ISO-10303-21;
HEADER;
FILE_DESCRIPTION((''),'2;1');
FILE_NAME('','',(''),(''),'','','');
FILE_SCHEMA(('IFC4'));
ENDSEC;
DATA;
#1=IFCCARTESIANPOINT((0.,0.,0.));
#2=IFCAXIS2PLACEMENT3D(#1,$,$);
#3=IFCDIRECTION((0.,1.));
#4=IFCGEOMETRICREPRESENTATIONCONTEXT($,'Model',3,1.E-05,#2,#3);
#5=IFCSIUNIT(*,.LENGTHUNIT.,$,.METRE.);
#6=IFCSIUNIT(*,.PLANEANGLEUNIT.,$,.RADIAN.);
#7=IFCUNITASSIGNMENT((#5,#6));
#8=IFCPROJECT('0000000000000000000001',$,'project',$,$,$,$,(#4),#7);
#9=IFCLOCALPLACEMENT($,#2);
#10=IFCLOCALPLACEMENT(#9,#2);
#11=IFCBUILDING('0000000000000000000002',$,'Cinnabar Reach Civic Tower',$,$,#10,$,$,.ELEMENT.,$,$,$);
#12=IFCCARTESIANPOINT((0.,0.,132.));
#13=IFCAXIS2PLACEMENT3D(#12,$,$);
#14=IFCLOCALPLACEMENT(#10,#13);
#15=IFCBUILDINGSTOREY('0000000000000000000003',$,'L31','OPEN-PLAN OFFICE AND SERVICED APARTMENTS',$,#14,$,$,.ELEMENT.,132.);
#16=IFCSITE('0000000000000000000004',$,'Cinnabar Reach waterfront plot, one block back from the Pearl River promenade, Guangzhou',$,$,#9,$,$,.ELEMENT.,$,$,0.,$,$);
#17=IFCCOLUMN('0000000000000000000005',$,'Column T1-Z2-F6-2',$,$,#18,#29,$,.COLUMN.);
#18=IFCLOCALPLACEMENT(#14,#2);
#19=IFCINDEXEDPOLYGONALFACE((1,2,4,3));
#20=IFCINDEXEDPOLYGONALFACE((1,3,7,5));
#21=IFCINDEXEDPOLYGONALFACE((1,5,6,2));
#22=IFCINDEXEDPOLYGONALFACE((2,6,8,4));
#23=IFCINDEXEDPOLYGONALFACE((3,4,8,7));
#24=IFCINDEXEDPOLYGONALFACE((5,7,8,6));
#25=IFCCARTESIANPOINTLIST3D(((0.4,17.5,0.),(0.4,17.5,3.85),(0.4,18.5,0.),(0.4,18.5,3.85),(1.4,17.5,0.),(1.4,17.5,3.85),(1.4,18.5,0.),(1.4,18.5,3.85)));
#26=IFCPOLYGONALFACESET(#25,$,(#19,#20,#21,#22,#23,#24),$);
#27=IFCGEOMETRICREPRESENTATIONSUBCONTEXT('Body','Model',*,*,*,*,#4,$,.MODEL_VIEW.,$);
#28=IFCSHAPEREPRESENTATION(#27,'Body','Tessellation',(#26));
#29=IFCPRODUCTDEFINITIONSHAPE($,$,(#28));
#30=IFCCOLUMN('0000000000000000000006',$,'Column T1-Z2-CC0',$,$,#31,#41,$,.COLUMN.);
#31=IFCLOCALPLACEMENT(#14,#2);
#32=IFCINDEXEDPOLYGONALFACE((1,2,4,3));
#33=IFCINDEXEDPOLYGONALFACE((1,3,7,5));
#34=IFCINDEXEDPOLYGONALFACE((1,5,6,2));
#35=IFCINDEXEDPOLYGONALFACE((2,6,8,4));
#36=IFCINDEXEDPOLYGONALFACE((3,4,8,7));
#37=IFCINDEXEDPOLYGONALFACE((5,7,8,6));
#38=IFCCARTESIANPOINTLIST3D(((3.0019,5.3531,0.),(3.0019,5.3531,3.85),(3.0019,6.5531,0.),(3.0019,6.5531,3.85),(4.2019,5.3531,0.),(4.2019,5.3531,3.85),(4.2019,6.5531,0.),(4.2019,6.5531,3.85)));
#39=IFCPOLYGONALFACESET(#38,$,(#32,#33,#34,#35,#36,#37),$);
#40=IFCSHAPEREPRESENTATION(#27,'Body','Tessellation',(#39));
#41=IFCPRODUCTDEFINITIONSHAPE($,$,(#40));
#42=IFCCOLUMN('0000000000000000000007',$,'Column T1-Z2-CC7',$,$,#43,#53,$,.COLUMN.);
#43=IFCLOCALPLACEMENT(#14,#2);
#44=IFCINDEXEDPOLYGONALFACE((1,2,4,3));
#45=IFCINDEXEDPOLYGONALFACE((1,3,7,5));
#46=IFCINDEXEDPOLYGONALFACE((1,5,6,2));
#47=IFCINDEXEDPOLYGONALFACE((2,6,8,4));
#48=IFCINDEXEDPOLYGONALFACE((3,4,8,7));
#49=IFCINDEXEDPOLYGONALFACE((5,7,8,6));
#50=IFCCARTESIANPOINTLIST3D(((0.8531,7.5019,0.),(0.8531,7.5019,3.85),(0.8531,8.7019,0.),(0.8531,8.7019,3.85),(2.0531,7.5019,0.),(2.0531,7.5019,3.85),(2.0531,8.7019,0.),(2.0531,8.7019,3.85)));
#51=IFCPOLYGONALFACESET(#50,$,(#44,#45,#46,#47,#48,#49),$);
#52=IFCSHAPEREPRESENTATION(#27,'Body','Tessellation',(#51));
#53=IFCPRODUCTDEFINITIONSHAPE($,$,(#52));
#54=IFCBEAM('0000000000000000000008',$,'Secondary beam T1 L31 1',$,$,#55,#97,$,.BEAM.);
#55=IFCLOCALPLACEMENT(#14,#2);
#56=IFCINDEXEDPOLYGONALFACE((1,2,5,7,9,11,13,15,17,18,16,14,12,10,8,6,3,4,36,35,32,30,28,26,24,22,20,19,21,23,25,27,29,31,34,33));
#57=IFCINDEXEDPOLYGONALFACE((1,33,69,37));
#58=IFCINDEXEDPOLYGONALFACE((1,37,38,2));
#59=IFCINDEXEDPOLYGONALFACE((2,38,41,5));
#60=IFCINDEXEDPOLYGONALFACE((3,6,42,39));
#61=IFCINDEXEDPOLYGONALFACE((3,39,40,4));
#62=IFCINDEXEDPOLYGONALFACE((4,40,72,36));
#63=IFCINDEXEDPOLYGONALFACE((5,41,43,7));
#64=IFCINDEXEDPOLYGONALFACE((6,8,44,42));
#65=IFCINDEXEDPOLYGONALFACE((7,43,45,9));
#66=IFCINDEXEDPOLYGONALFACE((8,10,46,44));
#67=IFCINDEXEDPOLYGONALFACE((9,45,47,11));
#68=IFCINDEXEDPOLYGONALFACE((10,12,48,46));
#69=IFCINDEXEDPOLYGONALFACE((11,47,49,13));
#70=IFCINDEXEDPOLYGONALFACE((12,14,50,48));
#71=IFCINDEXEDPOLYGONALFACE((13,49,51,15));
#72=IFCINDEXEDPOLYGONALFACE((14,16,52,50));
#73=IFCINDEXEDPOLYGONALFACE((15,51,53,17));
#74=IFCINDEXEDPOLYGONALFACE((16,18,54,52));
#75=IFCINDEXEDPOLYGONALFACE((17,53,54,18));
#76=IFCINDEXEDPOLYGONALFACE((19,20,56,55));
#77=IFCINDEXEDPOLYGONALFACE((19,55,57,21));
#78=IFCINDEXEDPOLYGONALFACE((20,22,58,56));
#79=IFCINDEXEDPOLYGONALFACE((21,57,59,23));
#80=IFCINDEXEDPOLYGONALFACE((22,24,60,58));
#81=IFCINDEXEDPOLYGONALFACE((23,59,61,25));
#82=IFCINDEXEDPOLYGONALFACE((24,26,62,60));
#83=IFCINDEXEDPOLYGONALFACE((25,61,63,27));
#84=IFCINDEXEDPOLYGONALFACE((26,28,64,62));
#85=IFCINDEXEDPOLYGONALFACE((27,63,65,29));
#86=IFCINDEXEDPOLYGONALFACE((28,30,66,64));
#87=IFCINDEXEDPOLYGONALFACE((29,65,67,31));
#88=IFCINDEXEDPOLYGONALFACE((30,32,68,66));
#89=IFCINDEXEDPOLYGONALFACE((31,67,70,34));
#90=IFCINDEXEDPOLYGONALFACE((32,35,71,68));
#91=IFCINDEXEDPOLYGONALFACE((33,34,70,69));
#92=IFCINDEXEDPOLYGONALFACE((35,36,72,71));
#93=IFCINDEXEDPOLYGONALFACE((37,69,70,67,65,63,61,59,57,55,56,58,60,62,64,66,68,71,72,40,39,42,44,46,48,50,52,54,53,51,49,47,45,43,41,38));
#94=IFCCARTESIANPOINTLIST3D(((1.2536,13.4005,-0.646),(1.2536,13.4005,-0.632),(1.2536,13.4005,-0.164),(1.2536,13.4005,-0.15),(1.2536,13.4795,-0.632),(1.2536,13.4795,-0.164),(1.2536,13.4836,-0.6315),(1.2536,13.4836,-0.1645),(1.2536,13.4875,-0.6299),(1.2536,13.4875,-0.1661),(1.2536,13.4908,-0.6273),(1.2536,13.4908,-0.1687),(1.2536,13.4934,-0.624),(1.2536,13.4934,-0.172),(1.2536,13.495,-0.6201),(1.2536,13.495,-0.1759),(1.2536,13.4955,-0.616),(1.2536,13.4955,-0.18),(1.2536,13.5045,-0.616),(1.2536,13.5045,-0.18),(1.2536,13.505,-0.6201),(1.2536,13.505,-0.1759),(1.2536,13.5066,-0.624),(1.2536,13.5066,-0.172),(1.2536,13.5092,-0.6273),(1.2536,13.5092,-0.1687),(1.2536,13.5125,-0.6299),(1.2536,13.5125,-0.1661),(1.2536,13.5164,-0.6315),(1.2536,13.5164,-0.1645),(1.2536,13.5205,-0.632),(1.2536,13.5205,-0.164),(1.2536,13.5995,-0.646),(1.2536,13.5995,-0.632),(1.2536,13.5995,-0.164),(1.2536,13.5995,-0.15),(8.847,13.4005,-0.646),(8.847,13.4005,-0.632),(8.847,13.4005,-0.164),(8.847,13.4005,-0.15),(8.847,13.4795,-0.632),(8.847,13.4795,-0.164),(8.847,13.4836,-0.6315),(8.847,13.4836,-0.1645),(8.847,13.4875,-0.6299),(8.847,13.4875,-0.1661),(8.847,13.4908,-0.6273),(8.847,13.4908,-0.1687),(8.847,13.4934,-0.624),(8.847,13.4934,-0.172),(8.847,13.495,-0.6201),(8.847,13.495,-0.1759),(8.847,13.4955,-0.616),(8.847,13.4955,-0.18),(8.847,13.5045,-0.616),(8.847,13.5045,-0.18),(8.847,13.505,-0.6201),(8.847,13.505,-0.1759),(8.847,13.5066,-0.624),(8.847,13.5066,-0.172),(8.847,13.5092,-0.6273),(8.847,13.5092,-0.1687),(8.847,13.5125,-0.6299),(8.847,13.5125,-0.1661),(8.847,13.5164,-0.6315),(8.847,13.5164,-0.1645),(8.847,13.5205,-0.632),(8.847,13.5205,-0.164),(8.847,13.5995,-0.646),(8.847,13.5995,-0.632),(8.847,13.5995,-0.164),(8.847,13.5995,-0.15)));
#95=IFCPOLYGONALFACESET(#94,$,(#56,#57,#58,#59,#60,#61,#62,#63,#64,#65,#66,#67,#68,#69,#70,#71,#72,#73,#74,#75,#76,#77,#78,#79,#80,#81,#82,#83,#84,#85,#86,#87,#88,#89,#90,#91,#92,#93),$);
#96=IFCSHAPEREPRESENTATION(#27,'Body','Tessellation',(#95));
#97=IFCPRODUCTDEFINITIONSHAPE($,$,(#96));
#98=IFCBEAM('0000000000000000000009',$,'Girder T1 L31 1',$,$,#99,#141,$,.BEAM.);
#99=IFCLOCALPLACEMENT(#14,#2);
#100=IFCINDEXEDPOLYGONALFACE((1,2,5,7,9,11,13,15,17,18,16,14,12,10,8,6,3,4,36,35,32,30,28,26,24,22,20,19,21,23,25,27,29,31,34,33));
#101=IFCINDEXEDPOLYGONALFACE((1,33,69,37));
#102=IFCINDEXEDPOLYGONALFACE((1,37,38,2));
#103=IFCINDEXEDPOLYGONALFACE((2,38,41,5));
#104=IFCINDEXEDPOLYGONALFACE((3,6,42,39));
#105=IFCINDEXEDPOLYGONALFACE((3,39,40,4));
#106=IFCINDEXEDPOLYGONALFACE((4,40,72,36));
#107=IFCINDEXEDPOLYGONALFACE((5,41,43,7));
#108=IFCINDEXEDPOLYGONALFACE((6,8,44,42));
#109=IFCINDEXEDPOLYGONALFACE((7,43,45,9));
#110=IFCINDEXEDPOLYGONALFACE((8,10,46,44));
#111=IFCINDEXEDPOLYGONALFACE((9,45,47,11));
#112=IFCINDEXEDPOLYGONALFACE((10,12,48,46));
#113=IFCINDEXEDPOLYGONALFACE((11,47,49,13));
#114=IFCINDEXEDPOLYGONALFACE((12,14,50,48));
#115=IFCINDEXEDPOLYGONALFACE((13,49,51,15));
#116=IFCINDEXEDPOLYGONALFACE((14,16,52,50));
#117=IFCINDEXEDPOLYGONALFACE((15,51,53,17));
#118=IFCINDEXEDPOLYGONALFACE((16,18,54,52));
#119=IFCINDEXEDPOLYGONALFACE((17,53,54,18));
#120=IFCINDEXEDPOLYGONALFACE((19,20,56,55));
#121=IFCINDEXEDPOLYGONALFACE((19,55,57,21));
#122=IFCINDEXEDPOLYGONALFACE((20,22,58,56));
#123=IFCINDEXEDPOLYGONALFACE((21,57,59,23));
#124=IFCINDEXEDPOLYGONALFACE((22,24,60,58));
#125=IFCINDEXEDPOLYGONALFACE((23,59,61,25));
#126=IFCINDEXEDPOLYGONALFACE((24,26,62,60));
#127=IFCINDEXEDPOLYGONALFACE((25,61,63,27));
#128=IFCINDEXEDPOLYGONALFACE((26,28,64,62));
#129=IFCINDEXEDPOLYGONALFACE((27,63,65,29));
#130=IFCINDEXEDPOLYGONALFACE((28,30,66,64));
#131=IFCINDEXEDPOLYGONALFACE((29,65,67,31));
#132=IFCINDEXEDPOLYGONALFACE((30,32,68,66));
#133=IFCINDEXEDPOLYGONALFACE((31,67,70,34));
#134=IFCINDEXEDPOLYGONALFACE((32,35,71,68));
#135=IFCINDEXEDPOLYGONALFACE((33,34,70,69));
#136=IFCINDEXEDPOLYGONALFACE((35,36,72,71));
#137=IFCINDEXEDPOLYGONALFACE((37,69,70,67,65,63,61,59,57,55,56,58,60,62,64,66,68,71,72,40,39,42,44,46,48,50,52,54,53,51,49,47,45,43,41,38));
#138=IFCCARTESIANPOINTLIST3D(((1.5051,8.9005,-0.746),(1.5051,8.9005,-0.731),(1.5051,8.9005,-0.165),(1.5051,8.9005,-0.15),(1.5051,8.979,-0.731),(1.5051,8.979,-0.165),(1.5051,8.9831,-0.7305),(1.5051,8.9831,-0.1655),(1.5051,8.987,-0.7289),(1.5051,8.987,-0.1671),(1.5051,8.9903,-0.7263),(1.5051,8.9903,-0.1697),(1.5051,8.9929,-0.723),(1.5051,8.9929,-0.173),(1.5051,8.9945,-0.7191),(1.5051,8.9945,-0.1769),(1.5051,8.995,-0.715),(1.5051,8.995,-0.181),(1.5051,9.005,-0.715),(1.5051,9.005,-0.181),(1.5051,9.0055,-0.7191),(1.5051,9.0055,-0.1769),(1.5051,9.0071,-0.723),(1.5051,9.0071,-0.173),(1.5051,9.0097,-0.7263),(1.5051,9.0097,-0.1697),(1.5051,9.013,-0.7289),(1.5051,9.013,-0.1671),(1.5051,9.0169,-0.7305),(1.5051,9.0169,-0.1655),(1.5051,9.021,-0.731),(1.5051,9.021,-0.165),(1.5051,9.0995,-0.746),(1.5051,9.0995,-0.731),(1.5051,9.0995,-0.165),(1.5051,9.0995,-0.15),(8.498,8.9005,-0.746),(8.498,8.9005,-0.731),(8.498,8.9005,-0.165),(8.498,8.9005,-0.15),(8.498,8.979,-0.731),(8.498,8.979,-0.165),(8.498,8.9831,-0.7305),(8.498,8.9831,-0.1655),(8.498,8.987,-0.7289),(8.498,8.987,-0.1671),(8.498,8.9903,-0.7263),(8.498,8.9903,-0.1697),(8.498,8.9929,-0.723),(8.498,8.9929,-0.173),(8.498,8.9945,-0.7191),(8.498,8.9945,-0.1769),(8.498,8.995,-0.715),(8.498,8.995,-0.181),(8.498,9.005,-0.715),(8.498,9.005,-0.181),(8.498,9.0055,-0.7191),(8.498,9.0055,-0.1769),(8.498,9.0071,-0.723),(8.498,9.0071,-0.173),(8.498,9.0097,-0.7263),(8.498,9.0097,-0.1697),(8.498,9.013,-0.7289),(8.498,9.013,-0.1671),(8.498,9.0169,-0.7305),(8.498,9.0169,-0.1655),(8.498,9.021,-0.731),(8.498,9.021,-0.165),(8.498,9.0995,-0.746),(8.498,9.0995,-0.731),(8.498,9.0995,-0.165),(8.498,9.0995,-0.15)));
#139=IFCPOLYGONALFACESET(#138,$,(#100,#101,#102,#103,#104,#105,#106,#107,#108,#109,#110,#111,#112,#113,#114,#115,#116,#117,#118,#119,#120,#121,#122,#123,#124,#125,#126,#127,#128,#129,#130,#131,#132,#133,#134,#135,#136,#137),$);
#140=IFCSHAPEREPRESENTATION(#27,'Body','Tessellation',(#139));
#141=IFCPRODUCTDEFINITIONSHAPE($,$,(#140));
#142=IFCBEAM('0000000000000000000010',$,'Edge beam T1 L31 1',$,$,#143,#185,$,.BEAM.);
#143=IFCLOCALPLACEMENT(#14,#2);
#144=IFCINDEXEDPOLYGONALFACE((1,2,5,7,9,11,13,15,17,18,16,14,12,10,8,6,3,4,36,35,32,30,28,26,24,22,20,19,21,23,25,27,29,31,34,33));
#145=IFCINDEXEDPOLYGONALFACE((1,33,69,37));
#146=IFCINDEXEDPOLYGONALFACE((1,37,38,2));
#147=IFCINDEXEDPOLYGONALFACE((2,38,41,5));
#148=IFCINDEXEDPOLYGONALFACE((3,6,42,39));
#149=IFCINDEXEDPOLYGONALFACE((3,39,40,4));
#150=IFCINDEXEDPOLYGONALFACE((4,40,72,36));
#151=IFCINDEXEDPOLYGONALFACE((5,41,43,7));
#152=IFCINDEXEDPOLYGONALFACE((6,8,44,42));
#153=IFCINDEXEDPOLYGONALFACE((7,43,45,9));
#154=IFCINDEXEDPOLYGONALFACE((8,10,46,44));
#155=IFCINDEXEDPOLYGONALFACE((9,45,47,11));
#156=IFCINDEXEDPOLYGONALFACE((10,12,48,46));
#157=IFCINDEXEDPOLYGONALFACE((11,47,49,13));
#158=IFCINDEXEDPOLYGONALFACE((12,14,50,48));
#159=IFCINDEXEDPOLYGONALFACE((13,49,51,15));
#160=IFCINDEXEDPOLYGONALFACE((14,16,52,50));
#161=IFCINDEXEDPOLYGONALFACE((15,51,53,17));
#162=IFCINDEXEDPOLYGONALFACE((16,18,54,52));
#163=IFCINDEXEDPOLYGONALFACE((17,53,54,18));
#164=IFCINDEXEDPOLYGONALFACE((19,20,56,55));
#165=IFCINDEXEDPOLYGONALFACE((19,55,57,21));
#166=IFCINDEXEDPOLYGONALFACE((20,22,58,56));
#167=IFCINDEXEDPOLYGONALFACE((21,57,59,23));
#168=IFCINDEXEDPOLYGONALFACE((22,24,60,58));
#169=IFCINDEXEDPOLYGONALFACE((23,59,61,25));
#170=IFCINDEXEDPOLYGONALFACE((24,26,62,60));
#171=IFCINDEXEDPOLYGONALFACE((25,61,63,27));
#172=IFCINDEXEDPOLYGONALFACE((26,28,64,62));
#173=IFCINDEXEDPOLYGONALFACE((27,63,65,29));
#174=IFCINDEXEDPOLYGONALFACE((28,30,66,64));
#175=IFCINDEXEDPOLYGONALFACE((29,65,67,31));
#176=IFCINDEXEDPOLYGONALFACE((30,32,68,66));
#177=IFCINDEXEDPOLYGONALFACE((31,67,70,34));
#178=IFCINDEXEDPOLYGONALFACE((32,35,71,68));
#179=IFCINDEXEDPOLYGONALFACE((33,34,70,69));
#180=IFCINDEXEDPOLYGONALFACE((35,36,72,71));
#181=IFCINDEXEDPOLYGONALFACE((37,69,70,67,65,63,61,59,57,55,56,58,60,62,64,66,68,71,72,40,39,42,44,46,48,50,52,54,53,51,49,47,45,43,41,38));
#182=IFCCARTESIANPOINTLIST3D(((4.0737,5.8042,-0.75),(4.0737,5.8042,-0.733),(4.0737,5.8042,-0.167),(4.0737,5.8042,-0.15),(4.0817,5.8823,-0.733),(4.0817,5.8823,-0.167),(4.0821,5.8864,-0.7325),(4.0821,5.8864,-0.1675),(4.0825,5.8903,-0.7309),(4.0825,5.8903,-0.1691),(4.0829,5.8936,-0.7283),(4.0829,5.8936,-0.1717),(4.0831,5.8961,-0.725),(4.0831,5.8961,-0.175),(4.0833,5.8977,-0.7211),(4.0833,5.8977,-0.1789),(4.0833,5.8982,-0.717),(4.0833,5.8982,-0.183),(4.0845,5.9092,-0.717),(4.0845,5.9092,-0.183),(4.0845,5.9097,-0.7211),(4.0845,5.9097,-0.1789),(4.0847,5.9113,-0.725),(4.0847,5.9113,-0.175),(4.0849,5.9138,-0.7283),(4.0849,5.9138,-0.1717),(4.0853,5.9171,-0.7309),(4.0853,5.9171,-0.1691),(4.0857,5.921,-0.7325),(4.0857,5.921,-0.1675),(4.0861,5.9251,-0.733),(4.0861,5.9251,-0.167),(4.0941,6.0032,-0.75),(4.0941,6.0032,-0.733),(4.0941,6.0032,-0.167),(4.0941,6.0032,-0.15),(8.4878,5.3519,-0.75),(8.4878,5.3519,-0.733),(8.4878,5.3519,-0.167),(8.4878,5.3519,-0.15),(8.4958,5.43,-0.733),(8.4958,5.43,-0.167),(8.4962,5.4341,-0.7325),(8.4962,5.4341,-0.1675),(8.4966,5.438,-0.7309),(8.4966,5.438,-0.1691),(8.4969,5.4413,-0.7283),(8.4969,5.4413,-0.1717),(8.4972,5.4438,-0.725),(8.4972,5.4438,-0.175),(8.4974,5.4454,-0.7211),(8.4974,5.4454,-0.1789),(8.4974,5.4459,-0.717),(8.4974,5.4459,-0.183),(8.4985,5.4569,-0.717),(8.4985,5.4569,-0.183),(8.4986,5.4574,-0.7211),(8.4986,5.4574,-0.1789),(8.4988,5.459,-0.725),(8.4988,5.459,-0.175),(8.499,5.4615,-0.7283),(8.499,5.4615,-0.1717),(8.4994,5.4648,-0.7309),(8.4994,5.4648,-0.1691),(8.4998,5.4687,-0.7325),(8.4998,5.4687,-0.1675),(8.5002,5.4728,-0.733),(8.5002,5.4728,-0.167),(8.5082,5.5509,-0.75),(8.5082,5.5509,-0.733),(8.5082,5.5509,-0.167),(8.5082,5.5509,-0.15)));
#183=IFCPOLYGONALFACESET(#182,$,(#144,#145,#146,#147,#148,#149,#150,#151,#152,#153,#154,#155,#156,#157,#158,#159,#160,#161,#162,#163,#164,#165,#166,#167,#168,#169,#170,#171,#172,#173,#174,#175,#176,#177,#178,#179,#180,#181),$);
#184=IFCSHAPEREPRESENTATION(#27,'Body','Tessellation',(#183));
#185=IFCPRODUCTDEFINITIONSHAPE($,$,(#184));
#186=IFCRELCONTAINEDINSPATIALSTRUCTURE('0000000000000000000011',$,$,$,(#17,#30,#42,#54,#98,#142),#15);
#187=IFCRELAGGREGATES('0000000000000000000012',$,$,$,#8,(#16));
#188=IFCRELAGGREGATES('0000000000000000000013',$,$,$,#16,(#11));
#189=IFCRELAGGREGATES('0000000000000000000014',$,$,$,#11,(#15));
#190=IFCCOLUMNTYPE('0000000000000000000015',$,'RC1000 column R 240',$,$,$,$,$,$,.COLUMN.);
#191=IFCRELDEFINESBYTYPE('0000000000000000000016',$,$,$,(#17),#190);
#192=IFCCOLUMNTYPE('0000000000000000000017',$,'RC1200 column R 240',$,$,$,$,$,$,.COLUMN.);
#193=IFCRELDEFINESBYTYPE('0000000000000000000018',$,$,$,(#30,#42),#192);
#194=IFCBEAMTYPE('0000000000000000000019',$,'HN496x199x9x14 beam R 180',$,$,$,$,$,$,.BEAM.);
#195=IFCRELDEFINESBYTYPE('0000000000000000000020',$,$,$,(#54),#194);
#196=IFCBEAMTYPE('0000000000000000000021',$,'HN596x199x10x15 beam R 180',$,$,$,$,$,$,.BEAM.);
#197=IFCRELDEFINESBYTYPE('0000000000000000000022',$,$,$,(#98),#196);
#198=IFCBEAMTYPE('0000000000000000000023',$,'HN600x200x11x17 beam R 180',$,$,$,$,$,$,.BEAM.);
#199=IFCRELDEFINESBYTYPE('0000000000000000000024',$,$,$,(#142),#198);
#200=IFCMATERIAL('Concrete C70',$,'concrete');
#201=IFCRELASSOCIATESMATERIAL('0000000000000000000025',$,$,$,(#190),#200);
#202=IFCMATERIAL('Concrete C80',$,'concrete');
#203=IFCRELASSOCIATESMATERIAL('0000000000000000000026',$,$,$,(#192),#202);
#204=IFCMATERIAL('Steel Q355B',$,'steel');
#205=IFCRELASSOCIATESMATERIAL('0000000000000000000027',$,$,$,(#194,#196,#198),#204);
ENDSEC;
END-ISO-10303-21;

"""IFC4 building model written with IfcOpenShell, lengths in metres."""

from ifc_helpers import new_model, si_unit, direction, frame, origin, origin_2d, place, context, subcontext, project, spatial, rectangle, i_section, extrude, material, material_profile, profile_set, type_object, element, save


model = new_model("IFC4")

# Units and contexts
model_context = context("Model", 3, precision=1e-05, world=origin(), true_north=direction((0.0, 1.0)))
body_context = subcontext(model_context, "Body", "Model", "MODEL_VIEW")
ifc_project = project(units=[si_unit("LENGTHUNIT", "METRE"), si_unit("PLANEANGLEUNIT", "RADIAN")], contexts=[model_context])

# Site, building, storey
site_placement = place(None, origin())
site = spatial("IfcSite", under=ifc_project, at=site_placement, Name="Cinnabar Reach waterfront plot, one block back from the Pearl River promenade, Guangzhou", CompositionType="ELEMENT", RefElevation=0.0)
building_placement = place(site_placement, origin())
building = spatial("IfcBuilding", under=site, at=building_placement, Name="Cinnabar Reach Civic Tower", CompositionType="ELEMENT")
storey_placement = place(building_placement, frame((0.0, 0.0, 132.0)))
storey = spatial("IfcBuildingStorey", under=building, at=storey_placement, Name="L31", Description="OPEN-PLAN OFFICE AND SERVICED APARTMENTS", CompositionType="ELEMENT", Elevation=132.0)

# Columns
ifc_material_1 = material(Name="Concrete C70", Category="concrete")
ifc_material_profile_1 = material_profile(ifc_material_1, rectangle(XDim=1.0, YDim=1.0, at=origin_2d()), Name="RC1000")
ifc_profile_set_1 = profile_set([ifc_material_profile_1], Name="Concrete C70")
column_type_1 = type_object("IfcColumnType", Name="RC1000 column R 240", PredefinedType="COLUMN", material=ifc_profile_set_1)
column_placement = place(storey_placement, frame((0.9, 18.0, 0.0), z_axis=(0.0, 0.0, 1.0), x_axis=(1.0, 0.0, 0.0)))
element("IfcColumn", 1, at=column_placement, inside=storey, type_object=column_type_1, Name="Column T1-Z2-F6-2", PredefinedType="COLUMN", context=body_context, shape_type="SweptSolid", body=[
    extrude(rectangle(XDim=1.0, YDim=1.0, at=origin_2d()), origin(), (0.0, 0.0, 1.0), 3.85),
])
ifc_material_2 = material(Name="Concrete C80", Category="concrete")
ifc_material_profile_2 = material_profile(ifc_material_2, rectangle(XDim=1.2, YDim=1.2, at=origin_2d()), Name="RC1200")
ifc_profile_set_2 = profile_set([ifc_material_profile_2], Name="Concrete C80")
column_type_2 = type_object("IfcColumnType", Name="RC1200 column R 240", PredefinedType="COLUMN", material=ifc_profile_set_2)
for number, where, z_axis, x_axis, name in (
    (2, (3.6019, 5.9531, 0.0), (0.0, 0.0, 1.0), (1.0, 0.0, 0.0), "Column T1-Z2-CC0"),
    (3, (1.4531, 8.1019, 0.0), (0.0, 0.0, 1.0), (1.0, 0.0, 0.0), "Column T1-Z2-CC7"),
):
    element("IfcColumn", number, at=place(storey_placement, frame(where, z_axis=z_axis, x_axis=x_axis)), inside=storey, type_object=column_type_2, Name=name, PredefinedType="COLUMN", context=body_context, shape_type="SweptSolid", body=[
        extrude(rectangle(XDim=1.2, YDim=1.2, at=origin_2d()), origin(), (0.0, 0.0, 1.0), 3.85),
    ])

# Beams
ifc_material_3 = material(Name="Steel Q355B", Category="steel")
ifc_material_profile_3 = material_profile(ifc_material_3, i_section(OverallWidth=0.199, OverallDepth=0.496, WebThickness=0.009, FlangeThickness=0.014, FilletRadius=0.016, at=origin_2d()), Name="HN496x199x9x14")
ifc_profile_set_3 = profile_set([ifc_material_profile_3], Name="Steel Q355B")
beam_type_1 = type_object("IfcBeamType", Name="HN496x199x9x14 beam R 180", PredefinedType="BEAM", material=ifc_profile_set_3)
beam_1_placement = place(storey_placement, frame((1.2536, 13.5, -0.398), z_axis=(1.0, 0.0, 0.0), x_axis=(0.0, 1.0, 0.0)))
element("IfcBeam", 4, at=beam_1_placement, inside=storey, type_object=beam_type_1, Name="Secondary beam T1 L31 1", PredefinedType="BEAM", context=body_context, shape_type="SweptSolid", body=[
    extrude(i_section(OverallWidth=0.199, OverallDepth=0.496, WebThickness=0.009, FlangeThickness=0.014, FilletRadius=0.016, at=origin_2d()), origin(), (0.0, 0.0, 1.0), 7.5934),
])
ifc_material_profile_4 = material_profile(ifc_material_3, i_section(OverallWidth=0.199, OverallDepth=0.596, WebThickness=0.01, FlangeThickness=0.015, FilletRadius=0.016, at=origin_2d()), Name="HN596x199x10x15")
ifc_profile_set_4 = profile_set([ifc_material_profile_4], Name="Steel Q355B")
beam_type_2 = type_object("IfcBeamType", Name="HN596x199x10x15 beam R 180", PredefinedType="BEAM", material=ifc_profile_set_4)
beam_2_placement = place(storey_placement, frame((1.5051, 9.0, -0.448), z_axis=(1.0, 0.0, 0.0), x_axis=(0.0, 1.0, 0.0)))
element("IfcBeam", 5, at=beam_2_placement, inside=storey, type_object=beam_type_2, Name="Girder T1 L31 1", PredefinedType="BEAM", context=body_context, shape_type="SweptSolid", body=[
    extrude(i_section(OverallWidth=0.199, OverallDepth=0.596, WebThickness=0.01, FlangeThickness=0.015, FilletRadius=0.016, at=origin_2d()), origin(), (0.0, 0.0, 1.0), 6.9929),
])
ifc_material_profile_5 = material_profile(ifc_material_3, i_section(OverallWidth=0.2, OverallDepth=0.6, WebThickness=0.011, FlangeThickness=0.017, FilletRadius=0.016, at=origin_2d()), Name="HN600x200x11x17")
ifc_profile_set_5 = profile_set([ifc_material_profile_5], Name="Steel Q355B")
beam_type_3 = type_object("IfcBeamType", Name="HN600x200x11x17 beam R 180", PredefinedType="BEAM", material=ifc_profile_set_5)
beam_3_placement = place(storey_placement, frame((4.0839, 5.9037, -0.45), z_axis=(0.994791, -0.101933, 0.0), x_axis=(0.101933, 0.994791, 0.0)))
element("IfcBeam", 6, at=beam_3_placement, inside=storey, type_object=beam_type_3, Name="Edge beam T1 L31 1", PredefinedType="BEAM", context=body_context, shape_type="SweptSolid", body=[
    extrude(i_section(OverallWidth=0.2, OverallDepth=0.6, WebThickness=0.011, FlangeThickness=0.017, FilletRadius=0.016, at=origin_2d()), origin(), (0.0, 0.0, 1.0), 4.4372),
])

save(model, "model.ifc")
